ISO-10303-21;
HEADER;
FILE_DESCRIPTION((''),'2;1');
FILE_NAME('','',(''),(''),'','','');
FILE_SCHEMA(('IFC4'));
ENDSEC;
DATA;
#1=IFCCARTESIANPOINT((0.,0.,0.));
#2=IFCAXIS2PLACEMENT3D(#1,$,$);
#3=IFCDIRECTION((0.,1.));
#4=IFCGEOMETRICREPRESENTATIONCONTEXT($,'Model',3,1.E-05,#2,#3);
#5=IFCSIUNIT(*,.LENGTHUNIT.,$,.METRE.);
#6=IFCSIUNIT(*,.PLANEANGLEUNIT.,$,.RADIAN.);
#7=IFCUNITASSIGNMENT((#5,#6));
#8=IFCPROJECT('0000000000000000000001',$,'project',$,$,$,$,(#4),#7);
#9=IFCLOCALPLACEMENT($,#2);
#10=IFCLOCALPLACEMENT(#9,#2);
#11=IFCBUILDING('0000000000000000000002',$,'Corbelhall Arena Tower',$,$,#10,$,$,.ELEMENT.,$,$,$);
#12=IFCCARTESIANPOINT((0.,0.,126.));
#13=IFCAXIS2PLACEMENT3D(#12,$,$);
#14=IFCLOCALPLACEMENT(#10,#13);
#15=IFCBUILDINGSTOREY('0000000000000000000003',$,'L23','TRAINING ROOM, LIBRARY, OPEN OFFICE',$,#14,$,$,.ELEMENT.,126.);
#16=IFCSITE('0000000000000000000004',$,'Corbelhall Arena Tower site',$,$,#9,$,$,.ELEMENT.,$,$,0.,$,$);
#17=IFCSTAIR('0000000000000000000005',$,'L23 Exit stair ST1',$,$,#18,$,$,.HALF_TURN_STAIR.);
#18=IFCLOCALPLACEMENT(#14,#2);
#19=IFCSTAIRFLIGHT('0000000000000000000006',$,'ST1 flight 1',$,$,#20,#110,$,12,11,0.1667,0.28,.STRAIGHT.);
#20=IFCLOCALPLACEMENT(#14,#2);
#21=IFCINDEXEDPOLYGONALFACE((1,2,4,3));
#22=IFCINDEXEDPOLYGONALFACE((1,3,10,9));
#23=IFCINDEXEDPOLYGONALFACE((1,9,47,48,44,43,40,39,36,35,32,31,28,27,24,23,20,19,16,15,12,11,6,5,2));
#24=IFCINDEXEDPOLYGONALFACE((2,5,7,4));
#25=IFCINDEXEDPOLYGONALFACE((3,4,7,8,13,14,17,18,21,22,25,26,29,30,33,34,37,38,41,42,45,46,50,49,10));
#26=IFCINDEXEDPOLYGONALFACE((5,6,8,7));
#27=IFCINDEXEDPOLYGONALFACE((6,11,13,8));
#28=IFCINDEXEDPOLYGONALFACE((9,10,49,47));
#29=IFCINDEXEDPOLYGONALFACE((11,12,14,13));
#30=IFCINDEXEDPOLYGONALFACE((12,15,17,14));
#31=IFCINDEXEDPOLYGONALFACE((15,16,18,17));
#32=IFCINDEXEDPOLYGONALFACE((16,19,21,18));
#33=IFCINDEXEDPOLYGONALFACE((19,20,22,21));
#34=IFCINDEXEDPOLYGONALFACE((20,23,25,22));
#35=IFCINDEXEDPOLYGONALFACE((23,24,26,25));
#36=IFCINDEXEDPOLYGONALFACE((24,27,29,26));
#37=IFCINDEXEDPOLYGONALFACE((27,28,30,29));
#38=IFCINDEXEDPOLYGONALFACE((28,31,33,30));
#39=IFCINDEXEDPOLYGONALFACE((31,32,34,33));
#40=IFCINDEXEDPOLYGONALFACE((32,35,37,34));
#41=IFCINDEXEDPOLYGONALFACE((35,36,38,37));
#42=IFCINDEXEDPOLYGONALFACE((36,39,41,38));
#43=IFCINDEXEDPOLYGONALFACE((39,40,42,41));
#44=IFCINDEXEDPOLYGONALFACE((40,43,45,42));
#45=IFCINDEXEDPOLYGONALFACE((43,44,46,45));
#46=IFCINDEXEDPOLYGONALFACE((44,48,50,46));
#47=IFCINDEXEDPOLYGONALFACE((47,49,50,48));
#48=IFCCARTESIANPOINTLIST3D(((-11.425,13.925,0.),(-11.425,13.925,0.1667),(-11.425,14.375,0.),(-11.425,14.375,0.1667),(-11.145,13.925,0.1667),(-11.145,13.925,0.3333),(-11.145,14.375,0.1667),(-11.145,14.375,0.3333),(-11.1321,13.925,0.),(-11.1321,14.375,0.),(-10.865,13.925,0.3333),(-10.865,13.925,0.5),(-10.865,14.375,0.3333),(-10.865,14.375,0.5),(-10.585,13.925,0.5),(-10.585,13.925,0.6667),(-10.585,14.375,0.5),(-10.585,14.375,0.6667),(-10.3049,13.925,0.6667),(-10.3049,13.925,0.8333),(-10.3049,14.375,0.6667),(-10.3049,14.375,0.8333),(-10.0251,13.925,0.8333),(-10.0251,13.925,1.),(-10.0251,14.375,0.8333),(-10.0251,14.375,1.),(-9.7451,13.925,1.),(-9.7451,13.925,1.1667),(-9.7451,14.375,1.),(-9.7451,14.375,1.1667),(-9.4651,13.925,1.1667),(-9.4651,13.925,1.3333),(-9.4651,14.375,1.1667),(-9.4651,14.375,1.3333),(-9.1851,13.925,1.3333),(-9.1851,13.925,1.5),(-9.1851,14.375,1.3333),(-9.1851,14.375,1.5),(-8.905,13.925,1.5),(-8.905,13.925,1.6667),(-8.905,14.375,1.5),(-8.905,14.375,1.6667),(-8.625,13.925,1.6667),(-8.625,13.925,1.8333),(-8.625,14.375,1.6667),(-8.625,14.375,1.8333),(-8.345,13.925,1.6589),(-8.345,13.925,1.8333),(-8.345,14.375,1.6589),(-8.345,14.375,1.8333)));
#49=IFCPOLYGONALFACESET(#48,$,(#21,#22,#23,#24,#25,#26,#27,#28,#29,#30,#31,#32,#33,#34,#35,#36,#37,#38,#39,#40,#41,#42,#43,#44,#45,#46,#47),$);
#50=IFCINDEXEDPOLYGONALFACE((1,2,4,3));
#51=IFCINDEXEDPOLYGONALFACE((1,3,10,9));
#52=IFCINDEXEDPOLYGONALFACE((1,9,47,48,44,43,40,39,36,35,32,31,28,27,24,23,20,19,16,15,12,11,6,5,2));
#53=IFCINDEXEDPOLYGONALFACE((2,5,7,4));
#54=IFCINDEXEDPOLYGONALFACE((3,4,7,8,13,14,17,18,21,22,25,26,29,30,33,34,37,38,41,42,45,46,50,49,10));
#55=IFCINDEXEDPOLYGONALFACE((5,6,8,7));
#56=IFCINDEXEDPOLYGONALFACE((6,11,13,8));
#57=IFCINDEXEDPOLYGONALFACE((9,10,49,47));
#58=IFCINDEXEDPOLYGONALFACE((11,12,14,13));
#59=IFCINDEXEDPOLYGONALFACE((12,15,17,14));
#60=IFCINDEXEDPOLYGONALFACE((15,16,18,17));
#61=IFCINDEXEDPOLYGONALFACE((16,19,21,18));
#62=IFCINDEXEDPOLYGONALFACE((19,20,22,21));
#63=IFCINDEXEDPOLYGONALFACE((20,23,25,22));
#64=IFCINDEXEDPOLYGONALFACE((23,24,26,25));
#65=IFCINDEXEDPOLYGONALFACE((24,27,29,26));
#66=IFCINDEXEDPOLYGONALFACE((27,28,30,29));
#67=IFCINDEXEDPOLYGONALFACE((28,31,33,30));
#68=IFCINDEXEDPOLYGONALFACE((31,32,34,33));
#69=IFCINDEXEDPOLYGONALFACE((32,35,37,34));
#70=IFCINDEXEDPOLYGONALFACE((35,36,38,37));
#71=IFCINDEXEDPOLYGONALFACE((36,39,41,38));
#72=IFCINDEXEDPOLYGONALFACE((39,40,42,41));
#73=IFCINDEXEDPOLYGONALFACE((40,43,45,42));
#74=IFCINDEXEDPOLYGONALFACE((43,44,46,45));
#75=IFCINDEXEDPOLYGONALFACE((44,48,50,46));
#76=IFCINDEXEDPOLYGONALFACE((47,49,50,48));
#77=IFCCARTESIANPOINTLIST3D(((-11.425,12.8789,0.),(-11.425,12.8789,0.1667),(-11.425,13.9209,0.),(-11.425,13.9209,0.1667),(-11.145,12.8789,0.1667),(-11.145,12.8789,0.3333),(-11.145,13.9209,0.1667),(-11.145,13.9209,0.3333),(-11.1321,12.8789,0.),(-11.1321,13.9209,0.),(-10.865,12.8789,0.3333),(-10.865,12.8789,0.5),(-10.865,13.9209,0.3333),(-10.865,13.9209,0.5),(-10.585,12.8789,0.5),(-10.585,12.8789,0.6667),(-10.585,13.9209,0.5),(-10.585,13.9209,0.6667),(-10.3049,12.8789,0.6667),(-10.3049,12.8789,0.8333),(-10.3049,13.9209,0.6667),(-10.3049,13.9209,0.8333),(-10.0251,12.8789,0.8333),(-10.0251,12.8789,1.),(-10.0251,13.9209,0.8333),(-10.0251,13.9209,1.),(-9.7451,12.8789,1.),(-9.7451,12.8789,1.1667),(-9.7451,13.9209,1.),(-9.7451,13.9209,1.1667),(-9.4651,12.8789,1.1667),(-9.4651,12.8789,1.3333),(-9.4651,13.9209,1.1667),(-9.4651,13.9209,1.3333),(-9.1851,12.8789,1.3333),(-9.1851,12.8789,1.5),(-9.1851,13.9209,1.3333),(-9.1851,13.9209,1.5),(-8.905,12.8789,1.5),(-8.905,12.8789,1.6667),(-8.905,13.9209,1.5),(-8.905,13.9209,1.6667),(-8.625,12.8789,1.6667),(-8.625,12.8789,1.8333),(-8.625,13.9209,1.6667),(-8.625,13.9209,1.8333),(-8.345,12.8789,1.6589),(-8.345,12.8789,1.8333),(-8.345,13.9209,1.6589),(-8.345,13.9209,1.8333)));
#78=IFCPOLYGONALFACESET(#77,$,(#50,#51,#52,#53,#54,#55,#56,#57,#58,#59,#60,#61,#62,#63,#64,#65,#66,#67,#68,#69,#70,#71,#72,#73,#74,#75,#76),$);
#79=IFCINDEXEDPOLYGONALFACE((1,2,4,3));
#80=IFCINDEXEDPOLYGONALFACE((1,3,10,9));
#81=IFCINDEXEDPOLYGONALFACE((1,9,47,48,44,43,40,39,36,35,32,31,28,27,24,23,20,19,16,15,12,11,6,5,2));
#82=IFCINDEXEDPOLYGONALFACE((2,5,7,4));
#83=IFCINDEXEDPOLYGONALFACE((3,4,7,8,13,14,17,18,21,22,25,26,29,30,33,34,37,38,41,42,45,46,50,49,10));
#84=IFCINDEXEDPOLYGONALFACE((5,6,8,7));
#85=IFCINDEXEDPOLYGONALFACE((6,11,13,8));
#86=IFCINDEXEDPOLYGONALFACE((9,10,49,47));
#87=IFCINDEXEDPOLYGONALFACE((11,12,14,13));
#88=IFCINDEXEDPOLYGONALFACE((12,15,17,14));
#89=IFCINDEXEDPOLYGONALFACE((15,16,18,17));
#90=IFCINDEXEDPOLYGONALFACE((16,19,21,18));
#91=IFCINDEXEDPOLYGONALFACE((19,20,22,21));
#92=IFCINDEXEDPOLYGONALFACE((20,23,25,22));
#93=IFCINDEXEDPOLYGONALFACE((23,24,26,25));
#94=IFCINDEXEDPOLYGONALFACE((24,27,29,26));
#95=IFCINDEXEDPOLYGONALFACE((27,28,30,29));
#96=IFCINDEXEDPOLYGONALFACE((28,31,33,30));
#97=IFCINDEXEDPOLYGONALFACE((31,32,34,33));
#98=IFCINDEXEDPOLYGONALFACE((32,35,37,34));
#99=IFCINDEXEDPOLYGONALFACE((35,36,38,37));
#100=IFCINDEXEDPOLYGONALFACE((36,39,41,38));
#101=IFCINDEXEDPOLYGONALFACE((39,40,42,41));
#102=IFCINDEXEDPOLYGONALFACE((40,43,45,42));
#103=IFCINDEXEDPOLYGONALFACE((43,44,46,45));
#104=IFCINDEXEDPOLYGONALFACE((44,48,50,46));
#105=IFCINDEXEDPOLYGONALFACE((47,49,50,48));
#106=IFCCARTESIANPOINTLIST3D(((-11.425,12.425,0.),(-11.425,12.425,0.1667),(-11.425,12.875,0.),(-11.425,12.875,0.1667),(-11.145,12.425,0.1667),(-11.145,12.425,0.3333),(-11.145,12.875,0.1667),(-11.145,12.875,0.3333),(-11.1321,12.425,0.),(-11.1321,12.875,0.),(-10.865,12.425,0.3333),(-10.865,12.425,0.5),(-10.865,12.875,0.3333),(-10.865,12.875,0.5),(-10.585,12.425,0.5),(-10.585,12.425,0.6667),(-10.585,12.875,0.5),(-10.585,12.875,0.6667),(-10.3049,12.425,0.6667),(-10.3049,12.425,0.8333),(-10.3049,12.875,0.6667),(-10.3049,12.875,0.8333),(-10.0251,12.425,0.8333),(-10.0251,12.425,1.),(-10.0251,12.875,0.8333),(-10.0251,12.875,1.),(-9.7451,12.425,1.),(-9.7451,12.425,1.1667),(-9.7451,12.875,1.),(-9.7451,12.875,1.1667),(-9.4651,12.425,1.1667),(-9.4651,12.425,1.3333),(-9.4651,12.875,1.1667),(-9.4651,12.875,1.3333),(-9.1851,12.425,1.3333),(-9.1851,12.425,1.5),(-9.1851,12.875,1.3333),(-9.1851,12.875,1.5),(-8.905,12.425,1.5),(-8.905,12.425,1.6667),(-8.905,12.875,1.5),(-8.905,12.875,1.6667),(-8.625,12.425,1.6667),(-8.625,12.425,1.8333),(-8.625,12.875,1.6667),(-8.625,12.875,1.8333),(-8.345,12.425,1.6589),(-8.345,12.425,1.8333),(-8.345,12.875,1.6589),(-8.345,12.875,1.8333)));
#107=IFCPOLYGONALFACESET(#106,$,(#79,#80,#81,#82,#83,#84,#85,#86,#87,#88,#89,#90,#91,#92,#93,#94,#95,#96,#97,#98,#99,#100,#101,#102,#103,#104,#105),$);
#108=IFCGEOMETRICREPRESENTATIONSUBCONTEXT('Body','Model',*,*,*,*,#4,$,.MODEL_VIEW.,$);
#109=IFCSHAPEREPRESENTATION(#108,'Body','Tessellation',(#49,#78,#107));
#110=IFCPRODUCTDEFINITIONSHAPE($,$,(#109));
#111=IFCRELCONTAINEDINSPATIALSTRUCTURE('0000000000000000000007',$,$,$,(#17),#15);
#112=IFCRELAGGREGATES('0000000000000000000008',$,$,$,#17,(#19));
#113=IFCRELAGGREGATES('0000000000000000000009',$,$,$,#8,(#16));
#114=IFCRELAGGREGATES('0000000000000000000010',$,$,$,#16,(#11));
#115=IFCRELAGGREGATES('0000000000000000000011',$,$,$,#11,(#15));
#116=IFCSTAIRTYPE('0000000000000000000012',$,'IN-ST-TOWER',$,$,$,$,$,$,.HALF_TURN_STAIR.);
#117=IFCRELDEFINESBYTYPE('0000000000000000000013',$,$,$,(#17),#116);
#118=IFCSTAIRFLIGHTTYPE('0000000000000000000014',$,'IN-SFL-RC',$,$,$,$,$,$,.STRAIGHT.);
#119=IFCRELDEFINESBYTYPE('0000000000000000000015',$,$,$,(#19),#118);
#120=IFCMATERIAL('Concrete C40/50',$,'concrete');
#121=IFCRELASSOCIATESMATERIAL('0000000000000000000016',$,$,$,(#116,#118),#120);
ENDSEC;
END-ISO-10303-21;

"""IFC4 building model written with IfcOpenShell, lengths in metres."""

from ifc_helpers import new_model, si_unit, direction, frame, origin, place, context, subcontext, project, spatial, polyline, outline, extrude, material, type_object, element, aggregate, save


model = new_model("IFC4")

# Units and contexts
model_context = context("Model", 3, precision=1e-05, world=origin(), true_north=direction((0.0, 1.0)))
body_context = subcontext(model_context, "Body", "Model", "MODEL_VIEW")
ifc_project = project(units=[si_unit("LENGTHUNIT", "METRE"), si_unit("PLANEANGLEUNIT", "RADIAN")], contexts=[model_context])

# Site, building, storey
site_placement = place(None, origin())
site = spatial("IfcSite", under=ifc_project, at=site_placement, Name="Corbelhall Arena Tower site", CompositionType="ELEMENT", RefElevation=0.0)
building_placement = place(site_placement, origin())
building = spatial("IfcBuilding", under=site, at=building_placement, Name="Corbelhall Arena Tower", CompositionType="ELEMENT")
storey_placement = place(building_placement, frame((0.0, 0.0, 126.0)))
storey = spatial("IfcBuildingStorey", under=building, at=storey_placement, Name="L23", Description="TRAINING ROOM, LIBRARY, OPEN OFFICE", CompositionType="ELEMENT", Elevation=126.0)

# Shared definitions
ifc_material_1 = material(Name="Concrete C40/50", Category="concrete")

# Stair, stair flight
stair_type = type_object("IfcStairType", Name="IN-ST-TOWER", PredefinedType="HALF_TURN_STAIR", material=ifc_material_1)
stair_placement = place(storey_placement, origin())
stair = element("IfcStair", 1, at=stair_placement, inside=storey, type_object=stair_type, Name="L23 Exit stair ST1", PredefinedType="HALF_TURN_STAIR")
stair_flight_type = type_object("IfcStairFlightType", Name="IN-SFL-RC", PredefinedType="STRAIGHT", material=ifc_material_1)
stair_flight_placement = place(storey_placement, frame((-11.425, 13.3999, 0.0), z_axis=(0.0, 0.0, 1.0), x_axis=(1.0, 0.0, 0.0)))
stair_flight = element("IfcStairFlight", 2, at=stair_flight_placement, type_object=stair_flight_type, Name="ST1 flight 1", NumberOfRisers=12, NumberOfTreads=11, PredefinedType="STRAIGHT", RiserHeight=0.1667, TreadLength=0.28, context=body_context, shape_type="SweptSolid", body=[
    extrude(outline(polyline([(0.0, 0.0), (0.0, 0.1667), (0.28, 0.1667), (0.28, 0.3333), (0.5601, 0.3333), (0.5601, 0.5), (0.8401, 0.5), (0.8401, 0.6667), (1.1201, 0.6667), (1.1201, 0.8333), (1.3999, 0.8333), (1.3999, 1.0), (1.6799, 1.0), (1.6799, 1.1667), (1.96, 1.1667), (1.96, 1.3333), (2.24, 1.3333), (2.24, 1.5), (2.52, 1.5), (2.52, 1.6667), (2.8, 1.6667), (2.8, 1.8333), (3.0801, 1.8333), (3.0801, 2.0), (3.0801, 1.6589), (0.293, 0.0), (0.0, 0.0)])), frame((0.0, 0.9751, 0.0), z_axis=(0.0, -1.0, 0.0), x_axis=(1.0, 0.0, 0.0)), (0.0, 0.0, 1.0), 0.45),
    extrude(outline(polyline([(0.0, 0.0), (0.0, 0.1667), (0.28, 0.1667), (0.28, 0.3333), (0.5601, 0.3333), (0.5601, 0.5), (0.8401, 0.5), (0.8401, 0.6667), (1.1201, 0.6667), (1.1201, 0.8333), (1.3999, 0.8333), (1.3999, 1.0), (1.6799, 1.0), (1.6799, 1.1667), (1.96, 1.1667), (1.96, 1.3333), (2.24, 1.3333), (2.24, 1.5), (2.52, 1.5), (2.52, 1.6667), (2.8, 1.6667), (2.8, 1.8333), (3.0801, 1.8333), (3.0801, 2.0), (3.0801, 1.6589), (0.293, 0.0), (0.0, 0.0)])), frame((0.0, 0.521, 0.0), z_axis=(0.0, -1.0, 0.0), x_axis=(1.0, 0.0, 0.0)), (0.0, 0.0, 1.0), 1.042),
    extrude(outline(polyline([(0.0, 0.0), (0.0, 0.1667), (0.28, 0.1667), (0.28, 0.3333), (0.5601, 0.3333), (0.5601, 0.5), (0.8401, 0.5), (0.8401, 0.6667), (1.1201, 0.6667), (1.1201, 0.8333), (1.3999, 0.8333), (1.3999, 1.0), (1.6799, 1.0), (1.6799, 1.1667), (1.96, 1.1667), (1.96, 1.3333), (2.24, 1.3333), (2.24, 1.5), (2.52, 1.5), (2.52, 1.6667), (2.8, 1.6667), (2.8, 1.8333), (3.0801, 1.8333), (3.0801, 2.0), (3.0801, 1.6589), (0.293, 0.0), (0.0, 0.0)])), frame((0.0, -0.5249, 0.0), z_axis=(0.0, -1.0, 0.0), x_axis=(1.0, 0.0, 0.0)), (0.0, 0.0, 1.0), 0.45),
])
aggregate(stair, [stair_flight])

save(model, "model.ifc")
